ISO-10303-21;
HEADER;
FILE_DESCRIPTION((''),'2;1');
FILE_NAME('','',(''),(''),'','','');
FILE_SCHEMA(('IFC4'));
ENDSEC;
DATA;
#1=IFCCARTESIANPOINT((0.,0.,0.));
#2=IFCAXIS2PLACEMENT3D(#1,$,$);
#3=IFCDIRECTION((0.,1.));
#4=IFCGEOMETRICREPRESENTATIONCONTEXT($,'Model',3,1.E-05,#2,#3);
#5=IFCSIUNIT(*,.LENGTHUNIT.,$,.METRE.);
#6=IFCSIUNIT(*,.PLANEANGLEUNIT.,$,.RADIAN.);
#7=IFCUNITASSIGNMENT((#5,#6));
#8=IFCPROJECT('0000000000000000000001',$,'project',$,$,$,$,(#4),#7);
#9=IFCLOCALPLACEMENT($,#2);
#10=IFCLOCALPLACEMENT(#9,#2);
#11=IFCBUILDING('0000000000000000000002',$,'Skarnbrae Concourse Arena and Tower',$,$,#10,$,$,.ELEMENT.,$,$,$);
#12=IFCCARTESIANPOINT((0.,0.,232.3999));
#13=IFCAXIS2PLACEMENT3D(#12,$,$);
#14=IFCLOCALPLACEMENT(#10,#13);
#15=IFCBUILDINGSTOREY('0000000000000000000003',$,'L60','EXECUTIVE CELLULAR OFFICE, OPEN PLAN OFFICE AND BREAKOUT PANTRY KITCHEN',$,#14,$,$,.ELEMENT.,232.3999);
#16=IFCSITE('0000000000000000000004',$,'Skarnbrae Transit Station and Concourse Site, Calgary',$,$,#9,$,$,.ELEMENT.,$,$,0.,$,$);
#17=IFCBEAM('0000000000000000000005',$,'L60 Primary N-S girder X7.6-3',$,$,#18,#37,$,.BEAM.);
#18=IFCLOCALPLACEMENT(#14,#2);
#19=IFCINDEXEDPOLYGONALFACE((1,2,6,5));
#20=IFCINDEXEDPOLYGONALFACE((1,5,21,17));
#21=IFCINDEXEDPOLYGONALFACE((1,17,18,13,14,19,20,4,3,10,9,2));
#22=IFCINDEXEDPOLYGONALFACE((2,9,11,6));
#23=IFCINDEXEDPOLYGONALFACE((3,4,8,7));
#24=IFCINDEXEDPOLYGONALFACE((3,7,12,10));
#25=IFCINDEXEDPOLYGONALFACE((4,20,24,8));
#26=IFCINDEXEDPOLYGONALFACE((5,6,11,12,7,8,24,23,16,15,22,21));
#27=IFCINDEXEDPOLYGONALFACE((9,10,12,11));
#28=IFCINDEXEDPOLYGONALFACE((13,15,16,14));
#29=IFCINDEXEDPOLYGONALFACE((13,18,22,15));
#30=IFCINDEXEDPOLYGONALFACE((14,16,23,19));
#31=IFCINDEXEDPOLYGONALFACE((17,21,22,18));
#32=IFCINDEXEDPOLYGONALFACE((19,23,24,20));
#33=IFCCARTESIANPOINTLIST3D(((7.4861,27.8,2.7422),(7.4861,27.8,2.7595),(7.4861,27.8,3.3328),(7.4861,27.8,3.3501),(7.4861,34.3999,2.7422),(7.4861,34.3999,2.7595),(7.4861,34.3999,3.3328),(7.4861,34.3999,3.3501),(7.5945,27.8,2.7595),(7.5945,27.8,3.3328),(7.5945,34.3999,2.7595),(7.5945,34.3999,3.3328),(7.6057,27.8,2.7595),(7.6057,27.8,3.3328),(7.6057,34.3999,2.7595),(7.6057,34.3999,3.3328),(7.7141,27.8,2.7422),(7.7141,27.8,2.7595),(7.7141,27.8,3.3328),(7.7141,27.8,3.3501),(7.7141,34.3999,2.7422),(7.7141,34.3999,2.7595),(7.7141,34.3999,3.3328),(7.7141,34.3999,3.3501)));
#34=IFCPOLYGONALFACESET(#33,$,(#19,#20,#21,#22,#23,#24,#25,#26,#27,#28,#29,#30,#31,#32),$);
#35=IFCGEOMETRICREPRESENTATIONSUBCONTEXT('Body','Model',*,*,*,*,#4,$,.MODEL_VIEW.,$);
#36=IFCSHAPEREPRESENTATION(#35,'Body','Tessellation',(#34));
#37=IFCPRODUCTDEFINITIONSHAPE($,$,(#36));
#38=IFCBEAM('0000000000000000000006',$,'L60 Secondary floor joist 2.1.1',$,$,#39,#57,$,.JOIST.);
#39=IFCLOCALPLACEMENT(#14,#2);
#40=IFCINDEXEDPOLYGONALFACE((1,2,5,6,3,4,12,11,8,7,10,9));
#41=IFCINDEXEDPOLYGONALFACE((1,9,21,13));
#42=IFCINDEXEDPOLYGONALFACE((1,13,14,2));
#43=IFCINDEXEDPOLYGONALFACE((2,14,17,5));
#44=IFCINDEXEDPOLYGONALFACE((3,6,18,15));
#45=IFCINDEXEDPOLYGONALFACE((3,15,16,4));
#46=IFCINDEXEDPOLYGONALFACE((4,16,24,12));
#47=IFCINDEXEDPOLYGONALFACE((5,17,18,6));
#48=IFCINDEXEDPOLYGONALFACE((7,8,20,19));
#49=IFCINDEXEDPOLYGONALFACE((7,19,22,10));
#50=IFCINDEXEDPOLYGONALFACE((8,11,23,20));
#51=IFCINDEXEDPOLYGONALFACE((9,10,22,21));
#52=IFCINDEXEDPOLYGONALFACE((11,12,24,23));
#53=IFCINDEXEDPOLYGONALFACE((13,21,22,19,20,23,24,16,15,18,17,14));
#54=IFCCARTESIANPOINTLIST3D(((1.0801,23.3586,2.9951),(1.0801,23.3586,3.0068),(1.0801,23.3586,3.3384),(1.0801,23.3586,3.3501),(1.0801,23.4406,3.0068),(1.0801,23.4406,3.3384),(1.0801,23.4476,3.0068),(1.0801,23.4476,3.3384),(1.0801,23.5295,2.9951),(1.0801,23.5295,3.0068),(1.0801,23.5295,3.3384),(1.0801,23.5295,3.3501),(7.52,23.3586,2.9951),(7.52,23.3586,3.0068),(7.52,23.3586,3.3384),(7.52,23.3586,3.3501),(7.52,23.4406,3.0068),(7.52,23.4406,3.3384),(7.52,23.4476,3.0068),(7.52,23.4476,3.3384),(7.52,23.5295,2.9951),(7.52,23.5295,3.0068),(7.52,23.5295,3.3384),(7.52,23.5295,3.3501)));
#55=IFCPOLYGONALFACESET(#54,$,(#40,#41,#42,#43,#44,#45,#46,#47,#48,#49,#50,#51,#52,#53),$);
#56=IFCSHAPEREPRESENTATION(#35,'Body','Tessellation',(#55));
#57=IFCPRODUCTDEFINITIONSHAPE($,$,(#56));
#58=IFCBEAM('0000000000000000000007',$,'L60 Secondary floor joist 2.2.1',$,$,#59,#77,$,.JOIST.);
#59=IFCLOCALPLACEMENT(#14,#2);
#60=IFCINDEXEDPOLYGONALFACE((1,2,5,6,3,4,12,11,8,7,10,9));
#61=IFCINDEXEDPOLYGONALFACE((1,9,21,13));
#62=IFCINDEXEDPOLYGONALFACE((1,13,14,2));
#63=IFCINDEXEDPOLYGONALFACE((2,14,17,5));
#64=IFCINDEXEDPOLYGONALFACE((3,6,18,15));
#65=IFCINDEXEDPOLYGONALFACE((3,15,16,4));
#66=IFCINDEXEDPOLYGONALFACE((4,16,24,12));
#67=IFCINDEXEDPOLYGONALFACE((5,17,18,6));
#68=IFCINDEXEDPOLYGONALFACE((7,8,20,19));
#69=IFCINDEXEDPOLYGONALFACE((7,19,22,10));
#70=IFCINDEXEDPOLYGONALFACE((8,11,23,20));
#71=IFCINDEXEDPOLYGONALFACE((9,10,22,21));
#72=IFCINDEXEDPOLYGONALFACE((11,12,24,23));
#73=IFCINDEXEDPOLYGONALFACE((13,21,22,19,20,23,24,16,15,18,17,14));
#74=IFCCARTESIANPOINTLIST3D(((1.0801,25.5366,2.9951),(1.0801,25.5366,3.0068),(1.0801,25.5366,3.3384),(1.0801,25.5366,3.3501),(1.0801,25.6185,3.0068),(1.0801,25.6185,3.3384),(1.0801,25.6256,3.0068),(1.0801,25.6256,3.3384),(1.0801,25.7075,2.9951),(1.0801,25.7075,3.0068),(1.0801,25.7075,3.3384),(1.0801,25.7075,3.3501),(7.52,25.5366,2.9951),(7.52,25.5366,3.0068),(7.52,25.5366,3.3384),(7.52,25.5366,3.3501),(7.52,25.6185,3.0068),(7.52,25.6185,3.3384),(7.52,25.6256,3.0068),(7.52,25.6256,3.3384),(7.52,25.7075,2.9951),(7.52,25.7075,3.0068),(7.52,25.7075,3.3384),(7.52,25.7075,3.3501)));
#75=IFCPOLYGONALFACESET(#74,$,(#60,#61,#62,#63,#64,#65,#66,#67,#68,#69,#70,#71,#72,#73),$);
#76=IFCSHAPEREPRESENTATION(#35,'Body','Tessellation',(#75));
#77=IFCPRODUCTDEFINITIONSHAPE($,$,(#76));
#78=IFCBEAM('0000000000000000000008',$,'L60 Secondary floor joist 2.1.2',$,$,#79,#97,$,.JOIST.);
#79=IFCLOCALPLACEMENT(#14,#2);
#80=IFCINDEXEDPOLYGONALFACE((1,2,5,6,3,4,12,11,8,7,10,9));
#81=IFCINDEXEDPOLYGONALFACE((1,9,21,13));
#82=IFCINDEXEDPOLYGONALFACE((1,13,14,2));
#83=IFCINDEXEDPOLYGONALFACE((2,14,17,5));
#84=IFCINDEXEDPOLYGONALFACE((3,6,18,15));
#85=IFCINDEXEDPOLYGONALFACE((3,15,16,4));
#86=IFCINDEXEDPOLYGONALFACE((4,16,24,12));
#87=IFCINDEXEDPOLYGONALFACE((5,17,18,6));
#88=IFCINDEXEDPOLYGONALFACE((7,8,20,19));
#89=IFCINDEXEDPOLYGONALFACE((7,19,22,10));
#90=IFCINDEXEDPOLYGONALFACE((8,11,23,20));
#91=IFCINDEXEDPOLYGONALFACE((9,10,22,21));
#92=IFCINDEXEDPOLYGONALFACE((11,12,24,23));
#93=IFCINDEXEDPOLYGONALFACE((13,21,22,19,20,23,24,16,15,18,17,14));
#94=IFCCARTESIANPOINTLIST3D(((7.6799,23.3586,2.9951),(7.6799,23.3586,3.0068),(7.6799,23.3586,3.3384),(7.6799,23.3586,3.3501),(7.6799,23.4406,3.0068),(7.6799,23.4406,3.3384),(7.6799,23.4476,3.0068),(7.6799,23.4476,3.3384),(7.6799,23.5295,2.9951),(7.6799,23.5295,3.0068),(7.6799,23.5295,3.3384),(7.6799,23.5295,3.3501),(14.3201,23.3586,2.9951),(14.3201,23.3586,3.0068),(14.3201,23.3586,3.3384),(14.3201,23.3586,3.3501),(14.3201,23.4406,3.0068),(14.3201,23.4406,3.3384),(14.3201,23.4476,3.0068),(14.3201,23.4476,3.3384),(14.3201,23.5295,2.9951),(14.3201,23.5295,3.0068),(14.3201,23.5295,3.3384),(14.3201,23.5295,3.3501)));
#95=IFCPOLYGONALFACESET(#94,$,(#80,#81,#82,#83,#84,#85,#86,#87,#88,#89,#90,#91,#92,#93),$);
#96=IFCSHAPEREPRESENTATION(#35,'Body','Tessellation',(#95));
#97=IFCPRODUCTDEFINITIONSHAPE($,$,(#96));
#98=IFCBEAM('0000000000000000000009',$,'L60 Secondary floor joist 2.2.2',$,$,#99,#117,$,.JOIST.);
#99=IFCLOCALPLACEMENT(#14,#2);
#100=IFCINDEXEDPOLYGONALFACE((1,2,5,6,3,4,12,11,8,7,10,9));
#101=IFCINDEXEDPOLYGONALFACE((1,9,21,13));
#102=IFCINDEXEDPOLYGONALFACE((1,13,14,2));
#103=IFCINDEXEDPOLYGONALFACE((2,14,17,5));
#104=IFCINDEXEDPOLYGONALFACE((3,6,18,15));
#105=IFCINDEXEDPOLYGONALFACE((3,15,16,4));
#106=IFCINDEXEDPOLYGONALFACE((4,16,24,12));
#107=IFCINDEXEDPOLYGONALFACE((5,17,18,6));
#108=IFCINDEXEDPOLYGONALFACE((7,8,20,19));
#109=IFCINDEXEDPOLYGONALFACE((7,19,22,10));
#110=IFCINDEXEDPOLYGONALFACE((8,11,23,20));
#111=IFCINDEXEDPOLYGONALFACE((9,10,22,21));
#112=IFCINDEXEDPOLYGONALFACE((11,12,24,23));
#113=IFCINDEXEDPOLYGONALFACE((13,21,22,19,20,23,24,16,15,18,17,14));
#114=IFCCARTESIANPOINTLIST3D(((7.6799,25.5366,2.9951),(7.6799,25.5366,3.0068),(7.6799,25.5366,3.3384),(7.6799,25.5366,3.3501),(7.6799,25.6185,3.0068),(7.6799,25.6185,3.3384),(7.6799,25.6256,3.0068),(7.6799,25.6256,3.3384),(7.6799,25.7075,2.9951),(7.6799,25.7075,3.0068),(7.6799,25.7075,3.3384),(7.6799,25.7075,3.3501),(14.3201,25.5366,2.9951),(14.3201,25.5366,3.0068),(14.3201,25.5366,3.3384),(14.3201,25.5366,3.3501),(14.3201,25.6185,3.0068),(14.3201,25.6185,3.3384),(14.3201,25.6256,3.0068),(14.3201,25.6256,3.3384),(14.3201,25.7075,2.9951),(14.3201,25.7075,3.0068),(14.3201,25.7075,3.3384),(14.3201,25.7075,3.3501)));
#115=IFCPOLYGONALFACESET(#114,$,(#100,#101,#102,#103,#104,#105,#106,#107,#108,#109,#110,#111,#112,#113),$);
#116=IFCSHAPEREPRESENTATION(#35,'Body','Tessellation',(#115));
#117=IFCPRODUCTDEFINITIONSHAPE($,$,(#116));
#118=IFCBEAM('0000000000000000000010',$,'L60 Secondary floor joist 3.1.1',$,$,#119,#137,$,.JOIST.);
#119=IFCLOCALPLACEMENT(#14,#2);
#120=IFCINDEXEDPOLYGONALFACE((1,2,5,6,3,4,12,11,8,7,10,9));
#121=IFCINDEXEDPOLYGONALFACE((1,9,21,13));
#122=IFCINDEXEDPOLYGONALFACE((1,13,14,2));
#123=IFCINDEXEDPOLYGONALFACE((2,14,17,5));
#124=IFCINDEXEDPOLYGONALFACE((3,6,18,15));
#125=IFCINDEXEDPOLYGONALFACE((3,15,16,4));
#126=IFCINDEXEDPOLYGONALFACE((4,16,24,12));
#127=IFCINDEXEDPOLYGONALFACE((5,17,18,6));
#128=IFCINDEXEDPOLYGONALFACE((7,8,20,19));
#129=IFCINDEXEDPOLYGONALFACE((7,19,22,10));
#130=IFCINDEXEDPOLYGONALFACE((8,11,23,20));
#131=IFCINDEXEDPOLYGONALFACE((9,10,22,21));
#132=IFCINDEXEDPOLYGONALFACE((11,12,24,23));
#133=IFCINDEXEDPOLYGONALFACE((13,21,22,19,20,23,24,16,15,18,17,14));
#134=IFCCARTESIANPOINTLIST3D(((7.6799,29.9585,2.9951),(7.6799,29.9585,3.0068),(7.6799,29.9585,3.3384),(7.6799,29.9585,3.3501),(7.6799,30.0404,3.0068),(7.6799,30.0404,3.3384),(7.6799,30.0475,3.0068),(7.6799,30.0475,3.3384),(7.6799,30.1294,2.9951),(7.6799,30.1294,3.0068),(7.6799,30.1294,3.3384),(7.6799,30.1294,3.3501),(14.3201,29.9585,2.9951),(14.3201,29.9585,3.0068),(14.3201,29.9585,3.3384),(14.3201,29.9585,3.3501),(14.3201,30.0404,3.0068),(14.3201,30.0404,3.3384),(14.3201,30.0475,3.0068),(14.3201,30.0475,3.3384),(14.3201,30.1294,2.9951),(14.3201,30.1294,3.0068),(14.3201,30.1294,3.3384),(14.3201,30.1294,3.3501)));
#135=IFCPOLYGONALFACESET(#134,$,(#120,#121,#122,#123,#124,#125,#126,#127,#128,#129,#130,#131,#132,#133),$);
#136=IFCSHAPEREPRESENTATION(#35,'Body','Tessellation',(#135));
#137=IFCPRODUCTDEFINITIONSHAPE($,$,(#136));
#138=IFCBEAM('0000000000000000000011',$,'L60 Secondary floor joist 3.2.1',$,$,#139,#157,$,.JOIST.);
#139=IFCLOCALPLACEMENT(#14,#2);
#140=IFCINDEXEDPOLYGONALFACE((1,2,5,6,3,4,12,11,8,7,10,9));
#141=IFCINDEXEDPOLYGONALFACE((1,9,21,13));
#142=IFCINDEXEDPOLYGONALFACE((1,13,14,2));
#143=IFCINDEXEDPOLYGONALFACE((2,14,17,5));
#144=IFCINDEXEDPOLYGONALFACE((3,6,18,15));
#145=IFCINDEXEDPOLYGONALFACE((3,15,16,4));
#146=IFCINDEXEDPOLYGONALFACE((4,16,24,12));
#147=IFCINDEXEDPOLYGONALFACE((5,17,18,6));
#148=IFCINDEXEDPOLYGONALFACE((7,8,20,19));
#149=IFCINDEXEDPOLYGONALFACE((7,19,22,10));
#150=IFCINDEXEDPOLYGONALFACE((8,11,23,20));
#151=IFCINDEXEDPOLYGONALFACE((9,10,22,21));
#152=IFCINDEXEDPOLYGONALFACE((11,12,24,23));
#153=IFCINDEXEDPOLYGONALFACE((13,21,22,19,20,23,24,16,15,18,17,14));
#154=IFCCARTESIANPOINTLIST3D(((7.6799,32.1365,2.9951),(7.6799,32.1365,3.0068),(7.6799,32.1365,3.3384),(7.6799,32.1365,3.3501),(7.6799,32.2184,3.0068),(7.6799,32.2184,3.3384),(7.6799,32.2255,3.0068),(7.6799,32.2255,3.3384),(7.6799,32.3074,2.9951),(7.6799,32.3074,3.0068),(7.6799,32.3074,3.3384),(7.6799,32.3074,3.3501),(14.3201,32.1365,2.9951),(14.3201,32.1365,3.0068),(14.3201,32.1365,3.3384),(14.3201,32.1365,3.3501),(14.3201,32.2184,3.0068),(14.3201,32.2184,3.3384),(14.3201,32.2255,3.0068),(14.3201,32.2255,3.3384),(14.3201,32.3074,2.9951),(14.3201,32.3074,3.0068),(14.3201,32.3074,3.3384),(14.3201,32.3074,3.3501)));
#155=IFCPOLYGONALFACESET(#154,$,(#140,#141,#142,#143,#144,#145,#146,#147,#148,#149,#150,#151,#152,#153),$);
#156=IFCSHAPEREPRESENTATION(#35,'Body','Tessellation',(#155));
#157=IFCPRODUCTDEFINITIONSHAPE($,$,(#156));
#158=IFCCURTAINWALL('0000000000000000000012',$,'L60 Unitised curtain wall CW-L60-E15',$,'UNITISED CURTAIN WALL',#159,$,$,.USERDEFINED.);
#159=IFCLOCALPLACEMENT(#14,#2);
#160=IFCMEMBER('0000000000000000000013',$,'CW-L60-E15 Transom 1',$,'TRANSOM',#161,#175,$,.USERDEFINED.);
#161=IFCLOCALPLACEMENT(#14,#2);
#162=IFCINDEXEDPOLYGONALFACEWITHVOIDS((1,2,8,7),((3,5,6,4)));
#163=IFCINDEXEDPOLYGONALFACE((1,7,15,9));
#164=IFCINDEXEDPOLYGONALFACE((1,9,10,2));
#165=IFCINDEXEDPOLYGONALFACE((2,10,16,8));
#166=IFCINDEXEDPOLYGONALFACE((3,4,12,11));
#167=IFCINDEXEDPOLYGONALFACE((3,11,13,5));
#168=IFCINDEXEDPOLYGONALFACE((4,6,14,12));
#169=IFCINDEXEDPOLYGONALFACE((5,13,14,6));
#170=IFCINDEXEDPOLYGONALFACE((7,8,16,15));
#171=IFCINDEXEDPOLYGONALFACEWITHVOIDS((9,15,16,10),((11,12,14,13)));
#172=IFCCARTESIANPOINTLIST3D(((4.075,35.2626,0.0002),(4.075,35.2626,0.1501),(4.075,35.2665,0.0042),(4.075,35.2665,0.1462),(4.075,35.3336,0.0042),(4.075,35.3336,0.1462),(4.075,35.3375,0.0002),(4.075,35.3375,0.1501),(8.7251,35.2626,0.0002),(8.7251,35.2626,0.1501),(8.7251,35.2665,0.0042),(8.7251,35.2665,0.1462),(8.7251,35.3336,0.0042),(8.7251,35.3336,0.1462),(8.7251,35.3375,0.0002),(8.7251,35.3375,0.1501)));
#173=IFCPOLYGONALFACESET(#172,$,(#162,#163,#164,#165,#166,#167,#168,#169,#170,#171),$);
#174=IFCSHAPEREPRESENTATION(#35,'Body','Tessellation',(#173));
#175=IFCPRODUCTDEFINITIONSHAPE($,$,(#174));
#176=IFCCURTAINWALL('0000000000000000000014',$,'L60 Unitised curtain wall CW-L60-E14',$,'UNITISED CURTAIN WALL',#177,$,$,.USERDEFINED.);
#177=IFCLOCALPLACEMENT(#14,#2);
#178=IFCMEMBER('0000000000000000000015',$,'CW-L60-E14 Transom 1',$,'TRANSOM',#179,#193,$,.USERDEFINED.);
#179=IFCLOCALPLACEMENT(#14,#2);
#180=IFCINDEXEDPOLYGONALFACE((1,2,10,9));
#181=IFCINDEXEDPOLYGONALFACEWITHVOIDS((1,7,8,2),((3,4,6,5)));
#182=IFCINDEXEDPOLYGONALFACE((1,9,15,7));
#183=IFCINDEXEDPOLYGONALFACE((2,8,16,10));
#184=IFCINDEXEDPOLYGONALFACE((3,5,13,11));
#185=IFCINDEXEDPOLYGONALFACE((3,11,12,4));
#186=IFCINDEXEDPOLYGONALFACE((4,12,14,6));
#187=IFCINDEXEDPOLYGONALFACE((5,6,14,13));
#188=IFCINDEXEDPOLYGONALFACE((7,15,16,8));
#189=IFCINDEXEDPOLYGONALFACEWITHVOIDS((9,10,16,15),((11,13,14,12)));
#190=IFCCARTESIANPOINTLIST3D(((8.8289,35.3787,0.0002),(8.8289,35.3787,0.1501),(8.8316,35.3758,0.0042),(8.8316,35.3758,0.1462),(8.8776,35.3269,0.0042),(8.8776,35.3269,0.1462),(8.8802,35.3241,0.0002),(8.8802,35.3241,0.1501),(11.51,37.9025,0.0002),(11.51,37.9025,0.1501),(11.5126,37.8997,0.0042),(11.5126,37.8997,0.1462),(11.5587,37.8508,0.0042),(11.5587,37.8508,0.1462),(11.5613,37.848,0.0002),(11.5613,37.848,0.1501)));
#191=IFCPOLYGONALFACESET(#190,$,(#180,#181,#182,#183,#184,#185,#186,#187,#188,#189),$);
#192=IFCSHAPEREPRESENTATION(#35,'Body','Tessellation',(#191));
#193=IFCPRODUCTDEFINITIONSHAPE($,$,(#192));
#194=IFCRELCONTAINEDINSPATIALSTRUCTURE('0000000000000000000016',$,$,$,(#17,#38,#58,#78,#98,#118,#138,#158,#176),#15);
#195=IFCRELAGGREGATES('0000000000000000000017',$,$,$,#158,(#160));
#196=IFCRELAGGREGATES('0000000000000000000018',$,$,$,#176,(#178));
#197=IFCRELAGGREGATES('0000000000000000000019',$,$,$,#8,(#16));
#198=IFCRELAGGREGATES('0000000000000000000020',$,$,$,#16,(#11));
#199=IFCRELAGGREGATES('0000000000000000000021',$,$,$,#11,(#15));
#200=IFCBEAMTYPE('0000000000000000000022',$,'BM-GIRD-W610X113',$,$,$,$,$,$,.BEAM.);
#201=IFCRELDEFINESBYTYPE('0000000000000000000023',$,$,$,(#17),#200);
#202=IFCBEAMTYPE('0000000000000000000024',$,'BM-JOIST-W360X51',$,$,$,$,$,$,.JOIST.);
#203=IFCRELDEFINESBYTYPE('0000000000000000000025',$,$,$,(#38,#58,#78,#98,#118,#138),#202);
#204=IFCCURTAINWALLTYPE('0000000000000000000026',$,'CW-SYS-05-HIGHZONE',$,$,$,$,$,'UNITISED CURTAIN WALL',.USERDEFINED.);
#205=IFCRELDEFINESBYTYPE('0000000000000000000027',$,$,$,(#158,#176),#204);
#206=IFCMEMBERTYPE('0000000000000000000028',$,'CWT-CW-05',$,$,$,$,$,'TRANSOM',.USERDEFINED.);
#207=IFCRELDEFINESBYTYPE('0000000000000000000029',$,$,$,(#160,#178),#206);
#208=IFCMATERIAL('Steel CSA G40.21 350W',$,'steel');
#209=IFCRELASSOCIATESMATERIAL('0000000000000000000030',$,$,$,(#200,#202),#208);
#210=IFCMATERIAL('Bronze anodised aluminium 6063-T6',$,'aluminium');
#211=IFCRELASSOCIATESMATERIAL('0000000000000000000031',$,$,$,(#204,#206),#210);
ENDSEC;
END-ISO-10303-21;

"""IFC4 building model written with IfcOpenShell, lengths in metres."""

from ifc_helpers import new_model, si_unit, direction, frame, origin, origin_2d, place, context, subcontext, project, spatial, hollow_rectangle, i_section, extrude, source, transform, mapped, material, material_profile, profile_set, type_object, element, aggregate, save


model = new_model("IFC4")

# Units and contexts
model_context = context("Model", 3, precision=1e-05, world=origin(), true_north=direction((0.0, 1.0)))
body_context = subcontext(model_context, "Body", "Model", "MODEL_VIEW")
ifc_project = project(units=[si_unit("LENGTHUNIT", "METRE"), si_unit("PLANEANGLEUNIT", "RADIAN")], contexts=[model_context])

# Site, building, storey
site_placement = place(None, origin())
site = spatial("IfcSite", under=ifc_project, at=site_placement, Name="Skarnbrae Transit Station and Concourse Site, Calgary", CompositionType="ELEMENT", RefElevation=0.0)
building_placement = place(site_placement, origin())
building = spatial("IfcBuilding", under=site, at=building_placement, Name="Skarnbrae Concourse Arena and Tower", CompositionType="ELEMENT")
storey_placement = place(building_placement, frame((0.0, 0.0, 232.3999)))
storey = spatial("IfcBuildingStorey", under=building, at=storey_placement, Name="L60", Description="EXECUTIVE CELLULAR OFFICE, OPEN PLAN OFFICE AND BREAKOUT PANTRY KITCHEN", CompositionType="ELEMENT", Elevation=232.3999)

# Shared definitions
ifc_material_1 = material(Name="Steel CSA G40.21 350W", Category="steel")

# Beams
ifc_material_profile_1 = material_profile(ifc_material_1, i_section(OverallWidth=0.228, OverallDepth=0.6079, WebThickness=0.0112, FlangeThickness=0.0173, at=origin_2d()), Name="W610X113")
ifc_profile_set_1 = profile_set([ifc_material_profile_1], Name="Steel CSA G40.21 350W")
beam_type_1 = type_object("IfcBeamType", Name="BM-GIRD-W610X113", PredefinedType="BEAM", material=ifc_profile_set_1)
shared_shape_1 = source(origin(), body_context, "Body", "SweptSolid", [
    extrude(i_section(OverallWidth=0.228, OverallDepth=0.6079, WebThickness=0.0112, FlangeThickness=0.0173, at=origin_2d()), origin(), (0.0, 0.0, 1.0), 6.5999),
])
beam_1_placement = place(storey_placement, frame((7.6001, 27.8, 3.0461), z_axis=(0.0, 1.0, 0.0), x_axis=(-1.0, 0.0, 0.0)))
element("IfcBeam", 1, at=beam_1_placement, inside=storey, type_object=beam_type_1, Name="L60 Primary N-S girder X7.6-3", PredefinedType="BEAM", context=body_context, shape_type="MappedRepresentation", body=[
    mapped(shared_shape_1, transform((0.0, 0.0, 0.0))),
])
ifc_material_profile_2 = material_profile(ifc_material_1, i_section(OverallWidth=0.1709, OverallDepth=0.355, WebThickness=0.0071, FlangeThickness=0.0117, at=origin_2d()), Name="W360X51")
ifc_profile_set_2 = profile_set([ifc_material_profile_2], Name="Steel CSA G40.21 350W")
beam_type_2 = type_object("IfcBeamType", Name="BM-JOIST-W360X51", PredefinedType="JOIST", material=ifc_profile_set_2)
shared_shape_2 = source(origin(), body_context, "Body", "SweptSolid", [
    extrude(i_section(OverallWidth=0.1709, OverallDepth=0.355, WebThickness=0.0071, FlangeThickness=0.0117, at=origin_2d()), origin(), (0.0, 0.0, 1.0), 6.4399),
])
for number, where, z_axis, x_axis, name in (
    (2, (1.0801, 23.4441, 3.1726), (1.0, 0.0, 0.0), (0.0, 1.0, 0.0), "L60 Secondary floor joist 2.1.1"),
    (3, (1.0801, 25.6221, 3.1726), (1.0, 0.0, 0.0), (0.0, 1.0, 0.0), "L60 Secondary floor joist 2.2.1"),
):
    element("IfcBeam", number, at=place(storey_placement, frame(where, z_axis=z_axis, x_axis=x_axis)), inside=storey, type_object=beam_type_2, Name=name, PredefinedType="JOIST", context=body_context, shape_type="MappedRepresentation", body=[
        mapped(shared_shape_2, transform((0.0, 0.0, 0.0))),
    ])
shared_shape_3 = source(origin(), body_context, "Body", "SweptSolid", [
    extrude(i_section(OverallWidth=0.1709, OverallDepth=0.355, WebThickness=0.0071, FlangeThickness=0.0117, at=origin_2d()), origin(), (0.0, 0.0, 1.0), 6.6401),
])
for number, where, z_axis, x_axis, name in (
    (4, (7.6799, 23.4441, 3.1726), (1.0, 0.0, 0.0), (0.0, 1.0, 0.0), "L60 Secondary floor joist 2.1.2"),
    (5, (7.6799, 25.6221, 3.1726), (1.0, 0.0, 0.0), (0.0, 1.0, 0.0), "L60 Secondary floor joist 2.2.2"),
    (6, (7.6799, 30.0439, 3.1726), (1.0, 0.0, 0.0), (0.0, 1.0, 0.0), "L60 Secondary floor joist 3.1.1"),
    (7, (7.6799, 32.2219, 3.1726), (1.0, 0.0, 0.0), (0.0, 1.0, 0.0), "L60 Secondary floor joist 3.2.1"),
):
    element("IfcBeam", number, at=place(storey_placement, frame(where, z_axis=z_axis, x_axis=x_axis)), inside=storey, type_object=beam_type_2, Name=name, PredefinedType="JOIST", context=body_context, shape_type="MappedRepresentation", body=[
        mapped(shared_shape_3, transform((0.0, 0.0, 0.0))),
    ])

# Curtain walls, members
ifc_material_2 = material(Name="Bronze anodised aluminium 6063-T6", Category="aluminium")
curtain_wall_type = type_object("IfcCurtainWallType", Name="CW-SYS-05-HIGHZONE", ElementType="UNITISED CURTAIN WALL", PredefinedType="USERDEFINED", material=ifc_material_2)
curtain_wall_1_placement = place(storey_placement, origin())
curtain_wall_1 = element("IfcCurtainWall", 8, at=curtain_wall_1_placement, inside=storey, type_object=curtain_wall_type, Name="L60 Unitised curtain wall CW-L60-E15", ObjectType="UNITISED CURTAIN WALL", PredefinedType="USERDEFINED")
ifc_material_profile_3 = material_profile(ifc_material_2, hollow_rectangle(XDim=0.075, YDim=0.1499, WallThickness=0.0039, at=origin_2d()), Name="ALU-TRAN-75X150")
ifc_profile_set_3 = profile_set([ifc_material_profile_3], Name="Bronze anodised aluminium 6063-T6")
member_type_1 = type_object("IfcMemberType", Name="CWT-CW-05", ElementType="TRANSOM", PredefinedType="USERDEFINED", material=ifc_profile_set_3)
shared_shape_4 = source(origin(), body_context, "Body", "SweptSolid", [
    extrude(hollow_rectangle(XDim=0.075, YDim=0.1499, WallThickness=0.0039, at=origin_2d()), origin(), (0.0, 0.0, 1.0), 4.6501),
])
member_1_placement = place(storey_placement, frame((8.7251, 35.3, 0.0752), z_axis=(-1.0, 0.0, 0.0), x_axis=(0.0, -1.0, 0.0)))
member_1 = element("IfcMember", 9, at=member_1_placement, type_object=member_type_1, Name="CW-L60-E15 Transom 1", ObjectType="TRANSOM", PredefinedType="USERDEFINED", context=body_context, shape_type="MappedRepresentation", body=[
    mapped(shared_shape_4, transform((0.0, 0.0, 0.0))),
])
curtain_wall_2_placement = place(storey_placement, origin())
curtain_wall_2 = element("IfcCurtainWall", 10, at=curtain_wall_2_placement, inside=storey, type_object=curtain_wall_type, Name="L60 Unitised curtain wall CW-L60-E14", ObjectType="UNITISED CURTAIN WALL", PredefinedType="USERDEFINED")
shared_shape_5 = source(origin(), body_context, "Body", "SweptSolid", [
    extrude(hollow_rectangle(XDim=0.075, YDim=0.1499, WallThickness=0.0039, at=origin_2d()), origin(), (0.0, 0.0, 1.0), 3.6821),
])
member_2_placement = place(storey_placement, frame((11.5356, 37.8752, 0.0752), z_axis=(-0.728134, -0.685435, 0.0), x_axis=(0.685435, -0.728134, 0.0)))
member_2 = element("IfcMember", 11, at=member_2_placement, type_object=member_type_1, Name="CW-L60-E14 Transom 1", ObjectType="TRANSOM", PredefinedType="USERDEFINED", context=body_context, shape_type="MappedRepresentation", body=[
    mapped(shared_shape_5, transform((0.0, 0.0, 0.0))),
])

aggregate(curtain_wall_1, [member_1])
aggregate(curtain_wall_2, [member_2])

save(model, "model.ifc")
